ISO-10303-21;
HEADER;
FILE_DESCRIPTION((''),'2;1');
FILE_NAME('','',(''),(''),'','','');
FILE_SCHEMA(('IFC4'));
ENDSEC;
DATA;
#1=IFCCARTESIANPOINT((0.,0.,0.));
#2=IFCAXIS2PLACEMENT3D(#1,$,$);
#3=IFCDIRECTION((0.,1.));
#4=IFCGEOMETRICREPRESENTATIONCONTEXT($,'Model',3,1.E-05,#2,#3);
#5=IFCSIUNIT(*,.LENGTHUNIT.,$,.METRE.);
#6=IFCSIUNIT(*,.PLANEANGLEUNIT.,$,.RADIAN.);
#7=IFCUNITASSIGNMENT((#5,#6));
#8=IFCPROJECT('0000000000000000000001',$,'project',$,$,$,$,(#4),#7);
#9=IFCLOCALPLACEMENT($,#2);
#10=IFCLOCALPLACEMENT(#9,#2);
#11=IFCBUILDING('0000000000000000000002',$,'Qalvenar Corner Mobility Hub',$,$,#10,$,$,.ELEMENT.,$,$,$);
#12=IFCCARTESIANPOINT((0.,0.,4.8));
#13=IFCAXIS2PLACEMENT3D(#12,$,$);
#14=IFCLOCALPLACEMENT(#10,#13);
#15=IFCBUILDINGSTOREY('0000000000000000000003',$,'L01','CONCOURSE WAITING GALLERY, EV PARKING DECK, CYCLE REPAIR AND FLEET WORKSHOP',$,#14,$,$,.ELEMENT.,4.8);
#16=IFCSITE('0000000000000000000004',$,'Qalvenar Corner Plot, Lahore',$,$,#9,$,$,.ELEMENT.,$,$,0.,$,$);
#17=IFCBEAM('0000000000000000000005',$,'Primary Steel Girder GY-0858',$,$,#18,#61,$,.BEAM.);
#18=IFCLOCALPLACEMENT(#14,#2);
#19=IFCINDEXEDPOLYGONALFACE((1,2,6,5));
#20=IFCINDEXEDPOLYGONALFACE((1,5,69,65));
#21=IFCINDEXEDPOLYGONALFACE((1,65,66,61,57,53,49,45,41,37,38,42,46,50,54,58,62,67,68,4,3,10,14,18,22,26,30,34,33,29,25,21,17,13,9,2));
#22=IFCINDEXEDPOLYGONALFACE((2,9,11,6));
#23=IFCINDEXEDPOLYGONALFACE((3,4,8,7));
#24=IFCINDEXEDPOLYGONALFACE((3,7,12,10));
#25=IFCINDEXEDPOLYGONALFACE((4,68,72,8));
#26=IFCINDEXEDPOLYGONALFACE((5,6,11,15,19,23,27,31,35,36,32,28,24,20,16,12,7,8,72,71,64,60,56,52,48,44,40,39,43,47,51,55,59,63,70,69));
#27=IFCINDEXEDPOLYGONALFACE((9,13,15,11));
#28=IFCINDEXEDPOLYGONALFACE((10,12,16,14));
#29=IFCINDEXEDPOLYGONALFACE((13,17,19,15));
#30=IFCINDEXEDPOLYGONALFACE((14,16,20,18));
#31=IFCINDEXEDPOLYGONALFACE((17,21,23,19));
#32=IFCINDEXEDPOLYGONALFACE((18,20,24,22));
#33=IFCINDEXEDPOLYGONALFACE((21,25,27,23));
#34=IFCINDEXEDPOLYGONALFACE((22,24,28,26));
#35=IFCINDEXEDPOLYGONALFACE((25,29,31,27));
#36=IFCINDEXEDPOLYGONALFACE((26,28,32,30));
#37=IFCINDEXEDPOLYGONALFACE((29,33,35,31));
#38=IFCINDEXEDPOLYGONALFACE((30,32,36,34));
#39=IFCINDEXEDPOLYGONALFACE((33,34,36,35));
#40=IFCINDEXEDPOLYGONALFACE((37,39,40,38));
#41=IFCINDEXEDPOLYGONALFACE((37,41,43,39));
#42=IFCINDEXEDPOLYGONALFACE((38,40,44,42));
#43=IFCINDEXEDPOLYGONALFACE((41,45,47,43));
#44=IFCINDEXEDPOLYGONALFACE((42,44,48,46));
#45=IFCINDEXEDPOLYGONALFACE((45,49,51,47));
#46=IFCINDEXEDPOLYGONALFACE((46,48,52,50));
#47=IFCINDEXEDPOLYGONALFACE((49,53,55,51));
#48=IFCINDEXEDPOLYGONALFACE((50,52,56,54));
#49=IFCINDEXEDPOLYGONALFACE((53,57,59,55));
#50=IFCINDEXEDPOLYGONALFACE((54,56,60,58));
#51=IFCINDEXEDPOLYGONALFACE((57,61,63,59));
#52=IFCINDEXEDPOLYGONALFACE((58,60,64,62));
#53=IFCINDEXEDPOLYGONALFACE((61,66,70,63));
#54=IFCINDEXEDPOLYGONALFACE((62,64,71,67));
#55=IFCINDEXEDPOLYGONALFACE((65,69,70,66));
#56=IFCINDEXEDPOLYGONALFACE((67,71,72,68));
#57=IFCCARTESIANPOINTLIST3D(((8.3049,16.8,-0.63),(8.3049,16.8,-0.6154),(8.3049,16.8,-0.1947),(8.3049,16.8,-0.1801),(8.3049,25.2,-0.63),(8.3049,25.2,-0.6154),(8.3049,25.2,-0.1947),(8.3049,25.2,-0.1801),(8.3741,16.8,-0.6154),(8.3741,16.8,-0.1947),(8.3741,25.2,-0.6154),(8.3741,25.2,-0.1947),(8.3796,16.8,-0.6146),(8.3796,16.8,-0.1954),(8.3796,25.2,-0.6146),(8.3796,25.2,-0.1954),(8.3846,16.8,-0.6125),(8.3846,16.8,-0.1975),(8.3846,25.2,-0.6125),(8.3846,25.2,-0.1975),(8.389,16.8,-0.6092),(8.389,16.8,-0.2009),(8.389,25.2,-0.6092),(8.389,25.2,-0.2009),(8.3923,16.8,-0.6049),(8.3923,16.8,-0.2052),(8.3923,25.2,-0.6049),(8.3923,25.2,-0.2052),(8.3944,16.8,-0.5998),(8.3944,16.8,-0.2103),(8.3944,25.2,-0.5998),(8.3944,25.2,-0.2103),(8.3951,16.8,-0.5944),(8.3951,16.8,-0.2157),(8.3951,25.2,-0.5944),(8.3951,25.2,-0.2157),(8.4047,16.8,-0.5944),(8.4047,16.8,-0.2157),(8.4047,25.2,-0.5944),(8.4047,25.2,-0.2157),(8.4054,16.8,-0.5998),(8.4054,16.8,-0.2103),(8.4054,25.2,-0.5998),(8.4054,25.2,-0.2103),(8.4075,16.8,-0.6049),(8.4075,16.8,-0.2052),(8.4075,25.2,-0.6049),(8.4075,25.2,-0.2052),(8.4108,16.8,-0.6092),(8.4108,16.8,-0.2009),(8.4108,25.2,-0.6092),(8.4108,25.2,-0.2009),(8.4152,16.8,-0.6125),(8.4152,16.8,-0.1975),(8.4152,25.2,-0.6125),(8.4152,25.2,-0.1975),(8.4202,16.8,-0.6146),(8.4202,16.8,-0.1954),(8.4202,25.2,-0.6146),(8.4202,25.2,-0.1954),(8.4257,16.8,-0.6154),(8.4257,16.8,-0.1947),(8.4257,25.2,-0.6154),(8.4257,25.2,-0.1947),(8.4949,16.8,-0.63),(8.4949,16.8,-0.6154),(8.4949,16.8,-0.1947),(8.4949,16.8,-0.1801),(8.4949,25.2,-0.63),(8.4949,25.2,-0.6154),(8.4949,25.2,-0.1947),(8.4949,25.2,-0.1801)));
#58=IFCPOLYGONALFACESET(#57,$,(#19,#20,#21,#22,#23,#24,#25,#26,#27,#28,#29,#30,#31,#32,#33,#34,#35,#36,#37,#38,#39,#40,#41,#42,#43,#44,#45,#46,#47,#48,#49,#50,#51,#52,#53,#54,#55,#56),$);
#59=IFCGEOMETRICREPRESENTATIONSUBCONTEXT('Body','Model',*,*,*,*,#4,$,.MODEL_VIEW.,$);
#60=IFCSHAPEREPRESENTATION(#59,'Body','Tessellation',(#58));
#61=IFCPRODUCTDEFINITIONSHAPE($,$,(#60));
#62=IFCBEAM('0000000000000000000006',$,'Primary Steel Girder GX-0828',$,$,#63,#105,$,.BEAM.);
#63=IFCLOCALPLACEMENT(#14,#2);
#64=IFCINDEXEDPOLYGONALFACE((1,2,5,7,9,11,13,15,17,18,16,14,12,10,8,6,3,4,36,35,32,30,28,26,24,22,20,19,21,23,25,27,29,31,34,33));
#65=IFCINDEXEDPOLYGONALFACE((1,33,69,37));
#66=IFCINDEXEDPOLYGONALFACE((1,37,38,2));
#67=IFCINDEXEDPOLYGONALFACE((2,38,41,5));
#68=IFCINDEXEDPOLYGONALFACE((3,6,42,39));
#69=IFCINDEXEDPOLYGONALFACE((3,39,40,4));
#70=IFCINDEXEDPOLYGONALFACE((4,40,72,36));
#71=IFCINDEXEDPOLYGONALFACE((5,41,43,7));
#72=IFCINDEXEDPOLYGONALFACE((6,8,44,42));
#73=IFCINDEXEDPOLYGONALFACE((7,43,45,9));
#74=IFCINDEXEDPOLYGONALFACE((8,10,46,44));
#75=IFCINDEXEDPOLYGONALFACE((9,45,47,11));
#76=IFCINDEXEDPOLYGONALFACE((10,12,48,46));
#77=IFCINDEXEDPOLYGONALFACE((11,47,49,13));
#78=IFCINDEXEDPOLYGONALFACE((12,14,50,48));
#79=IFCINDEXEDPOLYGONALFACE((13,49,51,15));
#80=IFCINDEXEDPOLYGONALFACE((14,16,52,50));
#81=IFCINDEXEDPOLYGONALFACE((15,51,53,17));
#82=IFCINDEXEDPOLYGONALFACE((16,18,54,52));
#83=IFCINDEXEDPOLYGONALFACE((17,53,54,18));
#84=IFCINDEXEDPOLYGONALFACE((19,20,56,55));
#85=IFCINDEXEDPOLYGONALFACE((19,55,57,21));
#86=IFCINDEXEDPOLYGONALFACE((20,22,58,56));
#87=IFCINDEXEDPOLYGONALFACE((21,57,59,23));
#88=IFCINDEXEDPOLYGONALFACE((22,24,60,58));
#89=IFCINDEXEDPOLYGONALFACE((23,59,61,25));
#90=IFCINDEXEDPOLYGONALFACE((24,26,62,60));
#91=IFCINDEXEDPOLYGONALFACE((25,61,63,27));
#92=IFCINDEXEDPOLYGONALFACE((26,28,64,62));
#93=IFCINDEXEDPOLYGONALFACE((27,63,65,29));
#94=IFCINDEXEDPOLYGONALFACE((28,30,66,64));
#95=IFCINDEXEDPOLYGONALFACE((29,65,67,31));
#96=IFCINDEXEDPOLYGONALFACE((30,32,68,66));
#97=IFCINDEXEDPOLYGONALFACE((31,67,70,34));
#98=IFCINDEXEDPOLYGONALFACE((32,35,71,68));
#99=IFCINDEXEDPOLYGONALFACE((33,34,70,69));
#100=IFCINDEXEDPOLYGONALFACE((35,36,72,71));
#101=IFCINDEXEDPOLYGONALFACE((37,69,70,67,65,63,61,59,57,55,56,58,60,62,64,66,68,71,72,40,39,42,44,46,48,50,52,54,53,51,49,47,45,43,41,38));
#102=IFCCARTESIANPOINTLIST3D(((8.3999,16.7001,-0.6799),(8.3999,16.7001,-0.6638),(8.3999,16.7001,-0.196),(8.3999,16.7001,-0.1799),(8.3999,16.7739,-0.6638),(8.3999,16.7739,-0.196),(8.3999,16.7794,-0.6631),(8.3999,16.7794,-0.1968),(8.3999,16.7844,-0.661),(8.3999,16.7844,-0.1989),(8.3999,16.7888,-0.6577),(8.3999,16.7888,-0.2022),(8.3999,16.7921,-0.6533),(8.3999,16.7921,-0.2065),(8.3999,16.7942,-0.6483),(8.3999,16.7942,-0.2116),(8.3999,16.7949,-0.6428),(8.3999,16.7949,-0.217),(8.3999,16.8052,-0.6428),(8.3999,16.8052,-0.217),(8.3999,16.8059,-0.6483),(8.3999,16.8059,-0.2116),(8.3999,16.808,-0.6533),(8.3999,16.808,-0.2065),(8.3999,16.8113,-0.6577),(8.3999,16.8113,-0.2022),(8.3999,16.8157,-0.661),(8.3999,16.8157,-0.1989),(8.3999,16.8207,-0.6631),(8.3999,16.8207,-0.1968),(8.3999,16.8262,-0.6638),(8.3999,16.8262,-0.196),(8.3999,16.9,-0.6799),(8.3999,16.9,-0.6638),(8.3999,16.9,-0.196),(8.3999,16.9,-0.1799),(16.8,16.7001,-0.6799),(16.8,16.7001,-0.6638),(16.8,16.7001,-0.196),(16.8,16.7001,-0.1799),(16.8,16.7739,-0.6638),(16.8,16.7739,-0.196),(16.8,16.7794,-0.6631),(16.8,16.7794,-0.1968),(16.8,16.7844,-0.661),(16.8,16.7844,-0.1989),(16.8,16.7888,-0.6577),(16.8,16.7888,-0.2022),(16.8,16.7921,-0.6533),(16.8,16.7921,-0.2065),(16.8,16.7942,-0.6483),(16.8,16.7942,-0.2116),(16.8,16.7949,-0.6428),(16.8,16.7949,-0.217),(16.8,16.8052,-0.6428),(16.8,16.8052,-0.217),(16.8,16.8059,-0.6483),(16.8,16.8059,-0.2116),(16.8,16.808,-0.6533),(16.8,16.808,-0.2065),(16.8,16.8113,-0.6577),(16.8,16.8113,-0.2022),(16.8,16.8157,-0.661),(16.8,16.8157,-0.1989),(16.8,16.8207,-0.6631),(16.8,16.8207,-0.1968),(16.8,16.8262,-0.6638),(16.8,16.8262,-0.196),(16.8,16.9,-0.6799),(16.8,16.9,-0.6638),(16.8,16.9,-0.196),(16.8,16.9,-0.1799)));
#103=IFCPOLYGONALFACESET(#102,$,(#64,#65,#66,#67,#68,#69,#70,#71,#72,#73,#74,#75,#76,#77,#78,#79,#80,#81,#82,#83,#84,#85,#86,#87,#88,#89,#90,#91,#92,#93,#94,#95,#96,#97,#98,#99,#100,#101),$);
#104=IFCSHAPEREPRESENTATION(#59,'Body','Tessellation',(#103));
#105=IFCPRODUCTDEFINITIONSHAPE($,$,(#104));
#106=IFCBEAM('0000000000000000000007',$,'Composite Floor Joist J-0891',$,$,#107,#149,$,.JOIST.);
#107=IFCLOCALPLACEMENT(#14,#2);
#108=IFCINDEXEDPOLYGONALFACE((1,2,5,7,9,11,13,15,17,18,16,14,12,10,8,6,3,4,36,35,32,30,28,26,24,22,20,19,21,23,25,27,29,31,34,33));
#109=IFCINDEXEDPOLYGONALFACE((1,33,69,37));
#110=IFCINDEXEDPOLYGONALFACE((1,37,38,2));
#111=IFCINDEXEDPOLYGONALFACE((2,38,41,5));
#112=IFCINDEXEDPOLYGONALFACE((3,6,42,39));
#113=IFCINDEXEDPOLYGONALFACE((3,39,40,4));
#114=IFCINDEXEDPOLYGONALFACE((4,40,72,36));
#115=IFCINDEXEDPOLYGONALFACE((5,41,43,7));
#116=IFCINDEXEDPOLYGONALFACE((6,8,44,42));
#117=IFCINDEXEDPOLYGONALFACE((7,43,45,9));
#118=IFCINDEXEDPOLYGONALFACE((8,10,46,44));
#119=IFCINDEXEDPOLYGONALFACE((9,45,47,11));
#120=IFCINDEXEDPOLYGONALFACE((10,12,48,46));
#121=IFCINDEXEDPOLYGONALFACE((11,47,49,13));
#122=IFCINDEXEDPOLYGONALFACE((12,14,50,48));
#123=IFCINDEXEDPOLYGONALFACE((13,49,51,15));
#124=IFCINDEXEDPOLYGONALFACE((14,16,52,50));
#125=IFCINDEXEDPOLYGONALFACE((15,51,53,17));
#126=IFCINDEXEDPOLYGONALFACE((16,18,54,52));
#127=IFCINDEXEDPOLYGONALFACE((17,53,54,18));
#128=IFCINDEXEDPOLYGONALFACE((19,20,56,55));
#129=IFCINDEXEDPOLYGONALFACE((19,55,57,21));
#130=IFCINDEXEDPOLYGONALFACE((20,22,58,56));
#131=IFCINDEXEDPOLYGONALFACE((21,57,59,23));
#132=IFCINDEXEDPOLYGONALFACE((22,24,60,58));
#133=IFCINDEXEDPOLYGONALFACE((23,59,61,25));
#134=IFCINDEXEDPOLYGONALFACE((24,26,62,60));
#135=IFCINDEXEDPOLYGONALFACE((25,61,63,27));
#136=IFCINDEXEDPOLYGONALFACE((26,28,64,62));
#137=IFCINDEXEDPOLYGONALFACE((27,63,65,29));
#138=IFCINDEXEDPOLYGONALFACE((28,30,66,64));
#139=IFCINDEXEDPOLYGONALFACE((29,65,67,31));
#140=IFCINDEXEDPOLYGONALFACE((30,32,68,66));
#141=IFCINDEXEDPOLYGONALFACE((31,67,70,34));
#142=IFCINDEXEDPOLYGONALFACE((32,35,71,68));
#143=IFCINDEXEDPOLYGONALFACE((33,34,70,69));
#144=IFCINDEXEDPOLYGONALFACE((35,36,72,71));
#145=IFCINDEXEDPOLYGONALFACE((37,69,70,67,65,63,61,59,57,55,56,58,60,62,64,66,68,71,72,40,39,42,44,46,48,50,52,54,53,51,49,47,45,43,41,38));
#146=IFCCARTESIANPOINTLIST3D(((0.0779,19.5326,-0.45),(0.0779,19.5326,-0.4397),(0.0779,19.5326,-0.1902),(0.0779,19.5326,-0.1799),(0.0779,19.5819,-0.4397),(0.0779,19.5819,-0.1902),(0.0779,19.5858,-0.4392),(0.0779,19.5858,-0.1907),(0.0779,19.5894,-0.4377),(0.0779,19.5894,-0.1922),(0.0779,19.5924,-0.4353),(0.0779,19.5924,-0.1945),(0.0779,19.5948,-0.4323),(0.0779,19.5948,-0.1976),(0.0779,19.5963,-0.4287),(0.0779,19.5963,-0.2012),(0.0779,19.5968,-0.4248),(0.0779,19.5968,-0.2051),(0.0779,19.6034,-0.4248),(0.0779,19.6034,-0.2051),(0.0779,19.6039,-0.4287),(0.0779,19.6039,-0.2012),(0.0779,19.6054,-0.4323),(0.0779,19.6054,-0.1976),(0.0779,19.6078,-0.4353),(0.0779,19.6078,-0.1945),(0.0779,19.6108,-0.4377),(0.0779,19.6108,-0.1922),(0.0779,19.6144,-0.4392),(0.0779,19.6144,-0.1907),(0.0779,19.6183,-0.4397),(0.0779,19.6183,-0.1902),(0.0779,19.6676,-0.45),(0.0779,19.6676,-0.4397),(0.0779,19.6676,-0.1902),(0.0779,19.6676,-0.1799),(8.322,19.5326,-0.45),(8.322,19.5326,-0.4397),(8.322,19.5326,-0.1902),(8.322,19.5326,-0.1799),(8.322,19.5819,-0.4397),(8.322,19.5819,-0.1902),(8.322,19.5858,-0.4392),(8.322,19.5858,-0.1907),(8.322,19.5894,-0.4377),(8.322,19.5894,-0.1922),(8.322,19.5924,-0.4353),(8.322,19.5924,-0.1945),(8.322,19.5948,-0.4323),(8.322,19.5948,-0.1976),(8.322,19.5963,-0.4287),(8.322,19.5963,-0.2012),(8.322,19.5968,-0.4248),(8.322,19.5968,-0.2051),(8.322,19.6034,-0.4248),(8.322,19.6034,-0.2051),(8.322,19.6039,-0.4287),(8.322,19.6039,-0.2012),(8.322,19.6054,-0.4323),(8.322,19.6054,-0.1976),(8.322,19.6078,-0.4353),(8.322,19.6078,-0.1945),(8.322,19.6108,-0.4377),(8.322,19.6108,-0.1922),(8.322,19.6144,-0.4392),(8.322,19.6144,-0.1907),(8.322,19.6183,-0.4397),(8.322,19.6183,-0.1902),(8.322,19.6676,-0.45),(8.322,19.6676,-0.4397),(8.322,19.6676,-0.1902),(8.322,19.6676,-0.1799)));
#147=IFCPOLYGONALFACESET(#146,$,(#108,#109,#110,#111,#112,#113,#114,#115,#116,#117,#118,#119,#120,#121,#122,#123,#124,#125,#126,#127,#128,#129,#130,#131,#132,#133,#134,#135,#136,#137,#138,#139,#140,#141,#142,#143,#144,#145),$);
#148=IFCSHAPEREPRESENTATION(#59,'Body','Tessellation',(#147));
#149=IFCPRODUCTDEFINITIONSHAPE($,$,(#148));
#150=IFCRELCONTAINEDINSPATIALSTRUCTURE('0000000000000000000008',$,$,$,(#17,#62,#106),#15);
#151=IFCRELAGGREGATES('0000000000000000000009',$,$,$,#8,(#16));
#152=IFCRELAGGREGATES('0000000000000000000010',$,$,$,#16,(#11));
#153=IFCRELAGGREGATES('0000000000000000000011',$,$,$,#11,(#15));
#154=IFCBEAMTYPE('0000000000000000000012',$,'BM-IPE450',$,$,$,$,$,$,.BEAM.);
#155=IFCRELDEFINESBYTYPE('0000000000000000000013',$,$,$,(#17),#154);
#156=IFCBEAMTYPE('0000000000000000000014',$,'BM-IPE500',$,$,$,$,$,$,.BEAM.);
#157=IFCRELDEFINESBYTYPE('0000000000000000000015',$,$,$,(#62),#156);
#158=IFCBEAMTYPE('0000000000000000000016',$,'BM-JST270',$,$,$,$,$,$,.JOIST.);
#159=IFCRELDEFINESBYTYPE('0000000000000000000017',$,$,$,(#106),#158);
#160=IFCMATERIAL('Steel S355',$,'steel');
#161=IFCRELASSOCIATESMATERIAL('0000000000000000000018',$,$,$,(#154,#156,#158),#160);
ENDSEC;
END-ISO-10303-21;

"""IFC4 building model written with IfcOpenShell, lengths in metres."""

from ifc_helpers import new_model, si_unit, direction, frame, origin, origin_2d, place, context, subcontext, project, spatial, i_section, extrude, material, material_profile, profile_set, type_object, element, save


model = new_model("IFC4")

# Units and contexts
model_context = context("Model", 3, precision=1e-05, world=origin(), true_north=direction((0.0, 1.0)))
body_context = subcontext(model_context, "Body", "Model", "MODEL_VIEW")
ifc_project = project(units=[si_unit("LENGTHUNIT", "METRE"), si_unit("PLANEANGLEUNIT", "RADIAN")], contexts=[model_context])

# Site, building, storey
site_placement = place(None, origin())
site = spatial("IfcSite", under=ifc_project, at=site_placement, Name="Qalvenar Corner Plot, Lahore", CompositionType="ELEMENT", RefElevation=0.0)
building_placement = place(site_placement, origin())
building = spatial("IfcBuilding", under=site, at=building_placement, Name="Qalvenar Corner Mobility Hub", CompositionType="ELEMENT")
storey_placement = place(building_placement, frame((0.0, 0.0, 4.8)))
storey = spatial("IfcBuildingStorey", under=building, at=storey_placement, Name="L01", Description="CONCOURSE WAITING GALLERY, EV PARKING DECK, CYCLE REPAIR AND FLEET WORKSHOP", CompositionType="ELEMENT", Elevation=4.8)

# Beams
ifc_material_1 = material(Name="Steel S355", Category="steel")
ifc_material_profile_1 = material_profile(ifc_material_1, i_section(OverallWidth=0.1899, OverallDepth=0.45, WebThickness=0.0095, FlangeThickness=0.0146, FilletRadius=0.021, at=origin_2d()), Name="IPE450")
ifc_profile_set_1 = profile_set([ifc_material_profile_1], Name="Steel S355")
beam_type_1 = type_object("IfcBeamType", Name="BM-IPE450", PredefinedType="BEAM", material=ifc_profile_set_1)
beam_1_placement = place(storey_placement, frame((8.3999, 16.8, -0.405), z_axis=(0.0, 1.0, 0.0), x_axis=(-1.0, 0.0, 0.0)))
element("IfcBeam", 1, at=beam_1_placement, inside=storey, type_object=beam_type_1, Name="Primary Steel Girder GY-0858", PredefinedType="BEAM", context=body_context, shape_type="SweptSolid", body=[
    extrude(i_section(OverallWidth=0.1899, OverallDepth=0.45, WebThickness=0.0095, FlangeThickness=0.0146, FilletRadius=0.021, at=origin_2d()), origin(), (0.0, 0.0, 1.0), 8.3999),
])
ifc_material_profile_2 = material_profile(ifc_material_1, i_section(OverallWidth=0.2, OverallDepth=0.5, WebThickness=0.0103, FlangeThickness=0.0161, FilletRadius=0.021, at=origin_2d()), Name="IPE500")
ifc_profile_set_2 = profile_set([ifc_material_profile_2], Name="Steel S355")
beam_type_2 = type_object("IfcBeamType", Name="BM-IPE500", PredefinedType="BEAM", material=ifc_profile_set_2)
beam_2_placement = place(storey_placement, frame((8.3999, 16.8, -0.4299), z_axis=(1.0, 0.0, 0.0), x_axis=(0.0, 1.0, 0.0)))
element("IfcBeam", 2, at=beam_2_placement, inside=storey, type_object=beam_type_2, Name="Primary Steel Girder GX-0828", PredefinedType="BEAM", context=body_context, shape_type="SweptSolid", body=[
    extrude(i_section(OverallWidth=0.2, OverallDepth=0.5, WebThickness=0.0103, FlangeThickness=0.0161, FilletRadius=0.021, at=origin_2d()), origin(), (0.0, 0.0, 1.0), 8.4001),
])
ifc_material_profile_3 = material_profile(ifc_material_1, i_section(OverallWidth=0.135, OverallDepth=0.27, WebThickness=0.0066, FlangeThickness=0.0103, FilletRadius=0.0149, at=origin_2d()), Name="IPE270")
ifc_profile_set_3 = profile_set([ifc_material_profile_3], Name="Steel S355")
beam_type_3 = type_object("IfcBeamType", Name="BM-JST270", PredefinedType="JOIST", material=ifc_profile_set_3)
beam_3_placement = place(storey_placement, frame((0.0779, 19.6001, -0.3149), z_axis=(1.0, 0.0, 0.0), x_axis=(0.0, 1.0, 0.0)))
element("IfcBeam", 3, at=beam_3_placement, inside=storey, type_object=beam_type_3, Name="Composite Floor Joist J-0891", PredefinedType="JOIST", context=body_context, shape_type="SweptSolid", body=[
    extrude(i_section(OverallWidth=0.135, OverallDepth=0.27, WebThickness=0.0066, FlangeThickness=0.0103, FilletRadius=0.0149, at=origin_2d()), origin(), (0.0, 0.0, 1.0), 8.2441),
])

save(model, "model.ifc")
